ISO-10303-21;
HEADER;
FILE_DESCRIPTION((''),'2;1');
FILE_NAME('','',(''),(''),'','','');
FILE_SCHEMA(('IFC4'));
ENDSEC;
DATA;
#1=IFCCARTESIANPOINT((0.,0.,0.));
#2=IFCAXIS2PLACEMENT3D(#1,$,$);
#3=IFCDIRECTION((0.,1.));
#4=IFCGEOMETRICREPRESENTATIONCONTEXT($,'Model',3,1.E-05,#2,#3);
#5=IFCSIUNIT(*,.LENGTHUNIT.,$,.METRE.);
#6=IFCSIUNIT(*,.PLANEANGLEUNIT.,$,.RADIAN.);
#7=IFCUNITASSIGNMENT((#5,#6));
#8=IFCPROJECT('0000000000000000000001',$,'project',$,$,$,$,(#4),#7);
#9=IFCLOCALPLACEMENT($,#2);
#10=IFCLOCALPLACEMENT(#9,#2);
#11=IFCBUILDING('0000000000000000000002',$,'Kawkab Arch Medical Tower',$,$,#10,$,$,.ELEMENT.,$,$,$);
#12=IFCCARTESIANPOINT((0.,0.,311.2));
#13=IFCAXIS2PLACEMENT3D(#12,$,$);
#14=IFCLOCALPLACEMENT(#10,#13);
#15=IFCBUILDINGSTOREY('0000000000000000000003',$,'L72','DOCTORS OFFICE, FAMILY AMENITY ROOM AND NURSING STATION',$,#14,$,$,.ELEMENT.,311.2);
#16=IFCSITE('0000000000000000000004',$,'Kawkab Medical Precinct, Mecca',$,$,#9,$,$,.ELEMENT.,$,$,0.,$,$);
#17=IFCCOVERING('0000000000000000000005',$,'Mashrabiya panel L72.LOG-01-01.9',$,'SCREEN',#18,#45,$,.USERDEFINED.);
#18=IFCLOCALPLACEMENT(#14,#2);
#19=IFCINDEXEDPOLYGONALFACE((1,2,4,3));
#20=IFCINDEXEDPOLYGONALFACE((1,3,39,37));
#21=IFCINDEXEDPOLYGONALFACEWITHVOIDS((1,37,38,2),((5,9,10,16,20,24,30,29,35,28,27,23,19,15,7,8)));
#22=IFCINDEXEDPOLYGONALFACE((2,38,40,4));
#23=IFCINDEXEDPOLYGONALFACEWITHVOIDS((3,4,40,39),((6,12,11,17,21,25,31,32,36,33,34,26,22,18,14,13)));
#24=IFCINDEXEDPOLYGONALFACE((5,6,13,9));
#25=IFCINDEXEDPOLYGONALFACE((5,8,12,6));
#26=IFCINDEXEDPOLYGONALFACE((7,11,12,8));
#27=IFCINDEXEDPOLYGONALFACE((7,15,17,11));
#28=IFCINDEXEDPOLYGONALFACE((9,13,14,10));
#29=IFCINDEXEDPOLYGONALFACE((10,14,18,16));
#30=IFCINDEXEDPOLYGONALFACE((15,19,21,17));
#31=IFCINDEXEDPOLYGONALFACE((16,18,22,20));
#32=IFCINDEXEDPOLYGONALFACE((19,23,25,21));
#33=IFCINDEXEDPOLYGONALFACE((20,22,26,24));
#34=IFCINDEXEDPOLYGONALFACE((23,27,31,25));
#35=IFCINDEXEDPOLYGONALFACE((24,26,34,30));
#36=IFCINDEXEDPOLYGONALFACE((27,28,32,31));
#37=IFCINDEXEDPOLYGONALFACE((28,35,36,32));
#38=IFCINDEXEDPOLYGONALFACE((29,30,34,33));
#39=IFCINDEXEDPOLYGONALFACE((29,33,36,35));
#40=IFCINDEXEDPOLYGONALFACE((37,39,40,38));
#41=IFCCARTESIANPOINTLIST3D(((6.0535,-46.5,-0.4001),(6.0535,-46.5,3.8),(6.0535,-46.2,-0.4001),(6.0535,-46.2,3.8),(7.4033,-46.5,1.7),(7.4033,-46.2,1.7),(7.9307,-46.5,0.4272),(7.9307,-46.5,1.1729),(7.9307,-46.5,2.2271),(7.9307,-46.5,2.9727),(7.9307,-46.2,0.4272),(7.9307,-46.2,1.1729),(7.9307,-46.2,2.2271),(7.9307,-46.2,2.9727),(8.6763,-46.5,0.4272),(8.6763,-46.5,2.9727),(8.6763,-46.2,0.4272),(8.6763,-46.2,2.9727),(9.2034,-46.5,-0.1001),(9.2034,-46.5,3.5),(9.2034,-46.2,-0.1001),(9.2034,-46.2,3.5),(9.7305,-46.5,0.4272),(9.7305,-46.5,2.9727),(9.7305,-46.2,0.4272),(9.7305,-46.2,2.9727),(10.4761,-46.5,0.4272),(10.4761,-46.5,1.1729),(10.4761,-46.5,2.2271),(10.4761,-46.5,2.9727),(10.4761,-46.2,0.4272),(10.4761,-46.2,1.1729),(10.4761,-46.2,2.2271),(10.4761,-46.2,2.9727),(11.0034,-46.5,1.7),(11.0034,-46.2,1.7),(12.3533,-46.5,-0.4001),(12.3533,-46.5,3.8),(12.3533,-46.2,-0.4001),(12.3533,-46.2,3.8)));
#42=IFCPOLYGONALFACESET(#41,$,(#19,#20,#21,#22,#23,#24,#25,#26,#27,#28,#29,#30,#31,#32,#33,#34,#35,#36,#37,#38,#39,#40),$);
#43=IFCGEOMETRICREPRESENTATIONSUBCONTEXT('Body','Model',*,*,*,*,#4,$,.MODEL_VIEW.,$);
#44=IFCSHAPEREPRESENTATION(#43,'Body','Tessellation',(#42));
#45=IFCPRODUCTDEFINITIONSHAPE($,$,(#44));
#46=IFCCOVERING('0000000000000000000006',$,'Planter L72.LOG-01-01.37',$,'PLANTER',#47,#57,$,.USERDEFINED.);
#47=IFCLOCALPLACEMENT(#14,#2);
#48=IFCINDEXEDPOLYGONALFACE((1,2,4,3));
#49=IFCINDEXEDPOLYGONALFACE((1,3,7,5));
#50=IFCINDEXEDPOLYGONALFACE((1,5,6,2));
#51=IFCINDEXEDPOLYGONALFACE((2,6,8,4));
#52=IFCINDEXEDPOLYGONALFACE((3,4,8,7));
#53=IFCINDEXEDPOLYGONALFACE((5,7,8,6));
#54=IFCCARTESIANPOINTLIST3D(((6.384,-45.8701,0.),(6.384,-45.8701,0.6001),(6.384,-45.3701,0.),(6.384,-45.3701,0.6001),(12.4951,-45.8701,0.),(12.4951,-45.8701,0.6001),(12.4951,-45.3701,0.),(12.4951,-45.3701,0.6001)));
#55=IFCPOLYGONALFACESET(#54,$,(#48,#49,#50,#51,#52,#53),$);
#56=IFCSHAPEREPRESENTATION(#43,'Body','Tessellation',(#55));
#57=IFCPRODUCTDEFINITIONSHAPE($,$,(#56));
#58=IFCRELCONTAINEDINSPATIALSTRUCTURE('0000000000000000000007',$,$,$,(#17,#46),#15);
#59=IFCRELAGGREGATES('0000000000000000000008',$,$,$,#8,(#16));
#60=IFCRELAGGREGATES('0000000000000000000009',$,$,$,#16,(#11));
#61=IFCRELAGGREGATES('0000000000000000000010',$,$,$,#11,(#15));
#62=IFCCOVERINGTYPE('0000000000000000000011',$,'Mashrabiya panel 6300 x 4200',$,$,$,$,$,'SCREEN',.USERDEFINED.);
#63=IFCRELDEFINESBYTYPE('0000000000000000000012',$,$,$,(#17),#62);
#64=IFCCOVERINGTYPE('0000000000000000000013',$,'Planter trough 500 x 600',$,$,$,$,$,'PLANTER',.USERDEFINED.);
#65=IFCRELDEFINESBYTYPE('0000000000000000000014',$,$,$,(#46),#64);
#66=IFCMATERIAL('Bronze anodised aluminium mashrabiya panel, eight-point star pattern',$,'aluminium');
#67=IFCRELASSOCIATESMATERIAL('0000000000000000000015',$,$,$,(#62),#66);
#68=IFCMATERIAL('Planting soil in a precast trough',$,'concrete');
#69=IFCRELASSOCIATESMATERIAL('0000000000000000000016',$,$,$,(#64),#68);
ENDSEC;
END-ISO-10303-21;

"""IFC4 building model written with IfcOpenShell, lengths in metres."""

from ifc_helpers import new_model, si_unit, direction, frame, origin, origin_2d, place, context, subcontext, project, spatial, polyline, rectangle, outline, extrude, material, material_profile, profile_set, type_object, element, save


model = new_model("IFC4")

# Units and contexts
model_context = context("Model", 3, precision=1e-05, world=origin(), true_north=direction((0.0, 1.0)))
body_context = subcontext(model_context, "Body", "Model", "MODEL_VIEW")
ifc_project = project(units=[si_unit("LENGTHUNIT", "METRE"), si_unit("PLANEANGLEUNIT", "RADIAN")], contexts=[model_context])

# Site, building, storey
site_placement = place(None, origin())
site = spatial("IfcSite", under=ifc_project, at=site_placement, Name="Kawkab Medical Precinct, Mecca", CompositionType="ELEMENT", RefElevation=0.0)
building_placement = place(site_placement, origin())
building = spatial("IfcBuilding", under=site, at=building_placement, Name="Kawkab Arch Medical Tower", CompositionType="ELEMENT")
storey_placement = place(building_placement, frame((0.0, 0.0, 311.2)))
storey = spatial("IfcBuildingStorey", under=building, at=storey_placement, Name="L72", Description="DOCTORS OFFICE, FAMILY AMENITY ROOM AND NURSING STATION", CompositionType="ELEMENT", Elevation=311.2)

# Coverings
ifc_material_1 = material(Name="Bronze anodised aluminium mashrabiya panel, eight-point star pattern", Category="aluminium")
ifc_material_profile_1 = material_profile(ifc_material_1, outline(polyline([(-3.1499, -2.1001), (3.1499, -2.1001), (3.1499, 2.1001), (-3.1499, 2.1001), (-3.1499, -2.1001)]), holes=[polyline([(1.8, 0.0), (1.2727, 0.5271), (1.2727, 1.2727), (0.5271, 1.2727), (0.0, 1.8), (-0.5271, 1.2727), (-1.2727, 1.2727), (-1.2727, 0.5271), (-1.8, 0.0), (-1.2727, -0.5271), (-1.2727, -1.2727), (-0.5271, -1.2727), (0.0, -1.8), (0.5271, -1.2727), (1.2727, -1.2727), (1.2727, -0.5271), (1.8, 0.0)])]), Name="Mashrabiya panel 6300x4200")
ifc_profile_set_1 = profile_set([ifc_material_profile_1], Name="Bronze anodised aluminium mashrabiya panel, eight-point star pattern")
covering_type_1 = type_object("IfcCoveringType", Name="Mashrabiya panel 6300 x 4200", ElementType="SCREEN", PredefinedType="USERDEFINED", material=ifc_profile_set_1)
covering_1_placement = place(storey_placement, frame((9.2034, -46.2, 1.7), z_axis=(0.0, -1.0, 0.0), x_axis=(1.0, 0.0, 0.0)))
element("IfcCovering", 1, at=covering_1_placement, inside=storey, type_object=covering_type_1, Name="Mashrabiya panel L72.LOG-01-01.9", ObjectType="SCREEN", PredefinedType="USERDEFINED", context=body_context, shape_type="SweptSolid", body=[
    extrude(outline(polyline([(-3.1499, -2.1001), (3.1499, -2.1001), (3.1499, 2.1001), (-3.1499, 2.1001), (-3.1499, -2.1001)]), holes=[polyline([(1.8, 0.0), (1.2727, 0.5271), (1.2727, 1.2727), (0.5271, 1.2727), (0.0, 1.8), (-0.5271, 1.2727), (-1.2727, 1.2727), (-1.2727, 0.5271), (-1.8, 0.0), (-1.2727, -0.5271), (-1.2727, -1.2727), (-0.5271, -1.2727), (0.0, -1.8), (0.5271, -1.2727), (1.2727, -1.2727), (1.2727, -0.5271), (1.8, 0.0)])]), origin(), (0.0, 0.0, 1.0), 0.3),
])
ifc_material_2 = material(Name="Planting soil in a precast trough", Category="concrete")
ifc_material_profile_2 = material_profile(ifc_material_2, rectangle(XDim=0.5, YDim=0.6001, at=origin_2d()), Name="Trough 500x600")
ifc_profile_set_2 = profile_set([ifc_material_profile_2], Name="Planting soil in a precast trough")
covering_type_2 = type_object("IfcCoveringType", Name="Planter trough 500 x 600", ElementType="PLANTER", PredefinedType="USERDEFINED", material=ifc_profile_set_2)
covering_2_placement = place(storey_placement, frame((12.4951, -45.6201, 0.3), z_axis=(-1.0, 0.0, 0.0), x_axis=(0.0, -1.0, 0.0)))
element("IfcCovering", 2, at=covering_2_placement, inside=storey, type_object=covering_type_2, Name="Planter L72.LOG-01-01.37", ObjectType="PLANTER", PredefinedType="USERDEFINED", context=body_context, shape_type="SweptSolid", body=[
    extrude(rectangle(XDim=0.5, YDim=0.6001, at=origin_2d()), origin(), (0.0, 0.0, 1.0), 6.1111),
])

save(model, "model.ifc")
